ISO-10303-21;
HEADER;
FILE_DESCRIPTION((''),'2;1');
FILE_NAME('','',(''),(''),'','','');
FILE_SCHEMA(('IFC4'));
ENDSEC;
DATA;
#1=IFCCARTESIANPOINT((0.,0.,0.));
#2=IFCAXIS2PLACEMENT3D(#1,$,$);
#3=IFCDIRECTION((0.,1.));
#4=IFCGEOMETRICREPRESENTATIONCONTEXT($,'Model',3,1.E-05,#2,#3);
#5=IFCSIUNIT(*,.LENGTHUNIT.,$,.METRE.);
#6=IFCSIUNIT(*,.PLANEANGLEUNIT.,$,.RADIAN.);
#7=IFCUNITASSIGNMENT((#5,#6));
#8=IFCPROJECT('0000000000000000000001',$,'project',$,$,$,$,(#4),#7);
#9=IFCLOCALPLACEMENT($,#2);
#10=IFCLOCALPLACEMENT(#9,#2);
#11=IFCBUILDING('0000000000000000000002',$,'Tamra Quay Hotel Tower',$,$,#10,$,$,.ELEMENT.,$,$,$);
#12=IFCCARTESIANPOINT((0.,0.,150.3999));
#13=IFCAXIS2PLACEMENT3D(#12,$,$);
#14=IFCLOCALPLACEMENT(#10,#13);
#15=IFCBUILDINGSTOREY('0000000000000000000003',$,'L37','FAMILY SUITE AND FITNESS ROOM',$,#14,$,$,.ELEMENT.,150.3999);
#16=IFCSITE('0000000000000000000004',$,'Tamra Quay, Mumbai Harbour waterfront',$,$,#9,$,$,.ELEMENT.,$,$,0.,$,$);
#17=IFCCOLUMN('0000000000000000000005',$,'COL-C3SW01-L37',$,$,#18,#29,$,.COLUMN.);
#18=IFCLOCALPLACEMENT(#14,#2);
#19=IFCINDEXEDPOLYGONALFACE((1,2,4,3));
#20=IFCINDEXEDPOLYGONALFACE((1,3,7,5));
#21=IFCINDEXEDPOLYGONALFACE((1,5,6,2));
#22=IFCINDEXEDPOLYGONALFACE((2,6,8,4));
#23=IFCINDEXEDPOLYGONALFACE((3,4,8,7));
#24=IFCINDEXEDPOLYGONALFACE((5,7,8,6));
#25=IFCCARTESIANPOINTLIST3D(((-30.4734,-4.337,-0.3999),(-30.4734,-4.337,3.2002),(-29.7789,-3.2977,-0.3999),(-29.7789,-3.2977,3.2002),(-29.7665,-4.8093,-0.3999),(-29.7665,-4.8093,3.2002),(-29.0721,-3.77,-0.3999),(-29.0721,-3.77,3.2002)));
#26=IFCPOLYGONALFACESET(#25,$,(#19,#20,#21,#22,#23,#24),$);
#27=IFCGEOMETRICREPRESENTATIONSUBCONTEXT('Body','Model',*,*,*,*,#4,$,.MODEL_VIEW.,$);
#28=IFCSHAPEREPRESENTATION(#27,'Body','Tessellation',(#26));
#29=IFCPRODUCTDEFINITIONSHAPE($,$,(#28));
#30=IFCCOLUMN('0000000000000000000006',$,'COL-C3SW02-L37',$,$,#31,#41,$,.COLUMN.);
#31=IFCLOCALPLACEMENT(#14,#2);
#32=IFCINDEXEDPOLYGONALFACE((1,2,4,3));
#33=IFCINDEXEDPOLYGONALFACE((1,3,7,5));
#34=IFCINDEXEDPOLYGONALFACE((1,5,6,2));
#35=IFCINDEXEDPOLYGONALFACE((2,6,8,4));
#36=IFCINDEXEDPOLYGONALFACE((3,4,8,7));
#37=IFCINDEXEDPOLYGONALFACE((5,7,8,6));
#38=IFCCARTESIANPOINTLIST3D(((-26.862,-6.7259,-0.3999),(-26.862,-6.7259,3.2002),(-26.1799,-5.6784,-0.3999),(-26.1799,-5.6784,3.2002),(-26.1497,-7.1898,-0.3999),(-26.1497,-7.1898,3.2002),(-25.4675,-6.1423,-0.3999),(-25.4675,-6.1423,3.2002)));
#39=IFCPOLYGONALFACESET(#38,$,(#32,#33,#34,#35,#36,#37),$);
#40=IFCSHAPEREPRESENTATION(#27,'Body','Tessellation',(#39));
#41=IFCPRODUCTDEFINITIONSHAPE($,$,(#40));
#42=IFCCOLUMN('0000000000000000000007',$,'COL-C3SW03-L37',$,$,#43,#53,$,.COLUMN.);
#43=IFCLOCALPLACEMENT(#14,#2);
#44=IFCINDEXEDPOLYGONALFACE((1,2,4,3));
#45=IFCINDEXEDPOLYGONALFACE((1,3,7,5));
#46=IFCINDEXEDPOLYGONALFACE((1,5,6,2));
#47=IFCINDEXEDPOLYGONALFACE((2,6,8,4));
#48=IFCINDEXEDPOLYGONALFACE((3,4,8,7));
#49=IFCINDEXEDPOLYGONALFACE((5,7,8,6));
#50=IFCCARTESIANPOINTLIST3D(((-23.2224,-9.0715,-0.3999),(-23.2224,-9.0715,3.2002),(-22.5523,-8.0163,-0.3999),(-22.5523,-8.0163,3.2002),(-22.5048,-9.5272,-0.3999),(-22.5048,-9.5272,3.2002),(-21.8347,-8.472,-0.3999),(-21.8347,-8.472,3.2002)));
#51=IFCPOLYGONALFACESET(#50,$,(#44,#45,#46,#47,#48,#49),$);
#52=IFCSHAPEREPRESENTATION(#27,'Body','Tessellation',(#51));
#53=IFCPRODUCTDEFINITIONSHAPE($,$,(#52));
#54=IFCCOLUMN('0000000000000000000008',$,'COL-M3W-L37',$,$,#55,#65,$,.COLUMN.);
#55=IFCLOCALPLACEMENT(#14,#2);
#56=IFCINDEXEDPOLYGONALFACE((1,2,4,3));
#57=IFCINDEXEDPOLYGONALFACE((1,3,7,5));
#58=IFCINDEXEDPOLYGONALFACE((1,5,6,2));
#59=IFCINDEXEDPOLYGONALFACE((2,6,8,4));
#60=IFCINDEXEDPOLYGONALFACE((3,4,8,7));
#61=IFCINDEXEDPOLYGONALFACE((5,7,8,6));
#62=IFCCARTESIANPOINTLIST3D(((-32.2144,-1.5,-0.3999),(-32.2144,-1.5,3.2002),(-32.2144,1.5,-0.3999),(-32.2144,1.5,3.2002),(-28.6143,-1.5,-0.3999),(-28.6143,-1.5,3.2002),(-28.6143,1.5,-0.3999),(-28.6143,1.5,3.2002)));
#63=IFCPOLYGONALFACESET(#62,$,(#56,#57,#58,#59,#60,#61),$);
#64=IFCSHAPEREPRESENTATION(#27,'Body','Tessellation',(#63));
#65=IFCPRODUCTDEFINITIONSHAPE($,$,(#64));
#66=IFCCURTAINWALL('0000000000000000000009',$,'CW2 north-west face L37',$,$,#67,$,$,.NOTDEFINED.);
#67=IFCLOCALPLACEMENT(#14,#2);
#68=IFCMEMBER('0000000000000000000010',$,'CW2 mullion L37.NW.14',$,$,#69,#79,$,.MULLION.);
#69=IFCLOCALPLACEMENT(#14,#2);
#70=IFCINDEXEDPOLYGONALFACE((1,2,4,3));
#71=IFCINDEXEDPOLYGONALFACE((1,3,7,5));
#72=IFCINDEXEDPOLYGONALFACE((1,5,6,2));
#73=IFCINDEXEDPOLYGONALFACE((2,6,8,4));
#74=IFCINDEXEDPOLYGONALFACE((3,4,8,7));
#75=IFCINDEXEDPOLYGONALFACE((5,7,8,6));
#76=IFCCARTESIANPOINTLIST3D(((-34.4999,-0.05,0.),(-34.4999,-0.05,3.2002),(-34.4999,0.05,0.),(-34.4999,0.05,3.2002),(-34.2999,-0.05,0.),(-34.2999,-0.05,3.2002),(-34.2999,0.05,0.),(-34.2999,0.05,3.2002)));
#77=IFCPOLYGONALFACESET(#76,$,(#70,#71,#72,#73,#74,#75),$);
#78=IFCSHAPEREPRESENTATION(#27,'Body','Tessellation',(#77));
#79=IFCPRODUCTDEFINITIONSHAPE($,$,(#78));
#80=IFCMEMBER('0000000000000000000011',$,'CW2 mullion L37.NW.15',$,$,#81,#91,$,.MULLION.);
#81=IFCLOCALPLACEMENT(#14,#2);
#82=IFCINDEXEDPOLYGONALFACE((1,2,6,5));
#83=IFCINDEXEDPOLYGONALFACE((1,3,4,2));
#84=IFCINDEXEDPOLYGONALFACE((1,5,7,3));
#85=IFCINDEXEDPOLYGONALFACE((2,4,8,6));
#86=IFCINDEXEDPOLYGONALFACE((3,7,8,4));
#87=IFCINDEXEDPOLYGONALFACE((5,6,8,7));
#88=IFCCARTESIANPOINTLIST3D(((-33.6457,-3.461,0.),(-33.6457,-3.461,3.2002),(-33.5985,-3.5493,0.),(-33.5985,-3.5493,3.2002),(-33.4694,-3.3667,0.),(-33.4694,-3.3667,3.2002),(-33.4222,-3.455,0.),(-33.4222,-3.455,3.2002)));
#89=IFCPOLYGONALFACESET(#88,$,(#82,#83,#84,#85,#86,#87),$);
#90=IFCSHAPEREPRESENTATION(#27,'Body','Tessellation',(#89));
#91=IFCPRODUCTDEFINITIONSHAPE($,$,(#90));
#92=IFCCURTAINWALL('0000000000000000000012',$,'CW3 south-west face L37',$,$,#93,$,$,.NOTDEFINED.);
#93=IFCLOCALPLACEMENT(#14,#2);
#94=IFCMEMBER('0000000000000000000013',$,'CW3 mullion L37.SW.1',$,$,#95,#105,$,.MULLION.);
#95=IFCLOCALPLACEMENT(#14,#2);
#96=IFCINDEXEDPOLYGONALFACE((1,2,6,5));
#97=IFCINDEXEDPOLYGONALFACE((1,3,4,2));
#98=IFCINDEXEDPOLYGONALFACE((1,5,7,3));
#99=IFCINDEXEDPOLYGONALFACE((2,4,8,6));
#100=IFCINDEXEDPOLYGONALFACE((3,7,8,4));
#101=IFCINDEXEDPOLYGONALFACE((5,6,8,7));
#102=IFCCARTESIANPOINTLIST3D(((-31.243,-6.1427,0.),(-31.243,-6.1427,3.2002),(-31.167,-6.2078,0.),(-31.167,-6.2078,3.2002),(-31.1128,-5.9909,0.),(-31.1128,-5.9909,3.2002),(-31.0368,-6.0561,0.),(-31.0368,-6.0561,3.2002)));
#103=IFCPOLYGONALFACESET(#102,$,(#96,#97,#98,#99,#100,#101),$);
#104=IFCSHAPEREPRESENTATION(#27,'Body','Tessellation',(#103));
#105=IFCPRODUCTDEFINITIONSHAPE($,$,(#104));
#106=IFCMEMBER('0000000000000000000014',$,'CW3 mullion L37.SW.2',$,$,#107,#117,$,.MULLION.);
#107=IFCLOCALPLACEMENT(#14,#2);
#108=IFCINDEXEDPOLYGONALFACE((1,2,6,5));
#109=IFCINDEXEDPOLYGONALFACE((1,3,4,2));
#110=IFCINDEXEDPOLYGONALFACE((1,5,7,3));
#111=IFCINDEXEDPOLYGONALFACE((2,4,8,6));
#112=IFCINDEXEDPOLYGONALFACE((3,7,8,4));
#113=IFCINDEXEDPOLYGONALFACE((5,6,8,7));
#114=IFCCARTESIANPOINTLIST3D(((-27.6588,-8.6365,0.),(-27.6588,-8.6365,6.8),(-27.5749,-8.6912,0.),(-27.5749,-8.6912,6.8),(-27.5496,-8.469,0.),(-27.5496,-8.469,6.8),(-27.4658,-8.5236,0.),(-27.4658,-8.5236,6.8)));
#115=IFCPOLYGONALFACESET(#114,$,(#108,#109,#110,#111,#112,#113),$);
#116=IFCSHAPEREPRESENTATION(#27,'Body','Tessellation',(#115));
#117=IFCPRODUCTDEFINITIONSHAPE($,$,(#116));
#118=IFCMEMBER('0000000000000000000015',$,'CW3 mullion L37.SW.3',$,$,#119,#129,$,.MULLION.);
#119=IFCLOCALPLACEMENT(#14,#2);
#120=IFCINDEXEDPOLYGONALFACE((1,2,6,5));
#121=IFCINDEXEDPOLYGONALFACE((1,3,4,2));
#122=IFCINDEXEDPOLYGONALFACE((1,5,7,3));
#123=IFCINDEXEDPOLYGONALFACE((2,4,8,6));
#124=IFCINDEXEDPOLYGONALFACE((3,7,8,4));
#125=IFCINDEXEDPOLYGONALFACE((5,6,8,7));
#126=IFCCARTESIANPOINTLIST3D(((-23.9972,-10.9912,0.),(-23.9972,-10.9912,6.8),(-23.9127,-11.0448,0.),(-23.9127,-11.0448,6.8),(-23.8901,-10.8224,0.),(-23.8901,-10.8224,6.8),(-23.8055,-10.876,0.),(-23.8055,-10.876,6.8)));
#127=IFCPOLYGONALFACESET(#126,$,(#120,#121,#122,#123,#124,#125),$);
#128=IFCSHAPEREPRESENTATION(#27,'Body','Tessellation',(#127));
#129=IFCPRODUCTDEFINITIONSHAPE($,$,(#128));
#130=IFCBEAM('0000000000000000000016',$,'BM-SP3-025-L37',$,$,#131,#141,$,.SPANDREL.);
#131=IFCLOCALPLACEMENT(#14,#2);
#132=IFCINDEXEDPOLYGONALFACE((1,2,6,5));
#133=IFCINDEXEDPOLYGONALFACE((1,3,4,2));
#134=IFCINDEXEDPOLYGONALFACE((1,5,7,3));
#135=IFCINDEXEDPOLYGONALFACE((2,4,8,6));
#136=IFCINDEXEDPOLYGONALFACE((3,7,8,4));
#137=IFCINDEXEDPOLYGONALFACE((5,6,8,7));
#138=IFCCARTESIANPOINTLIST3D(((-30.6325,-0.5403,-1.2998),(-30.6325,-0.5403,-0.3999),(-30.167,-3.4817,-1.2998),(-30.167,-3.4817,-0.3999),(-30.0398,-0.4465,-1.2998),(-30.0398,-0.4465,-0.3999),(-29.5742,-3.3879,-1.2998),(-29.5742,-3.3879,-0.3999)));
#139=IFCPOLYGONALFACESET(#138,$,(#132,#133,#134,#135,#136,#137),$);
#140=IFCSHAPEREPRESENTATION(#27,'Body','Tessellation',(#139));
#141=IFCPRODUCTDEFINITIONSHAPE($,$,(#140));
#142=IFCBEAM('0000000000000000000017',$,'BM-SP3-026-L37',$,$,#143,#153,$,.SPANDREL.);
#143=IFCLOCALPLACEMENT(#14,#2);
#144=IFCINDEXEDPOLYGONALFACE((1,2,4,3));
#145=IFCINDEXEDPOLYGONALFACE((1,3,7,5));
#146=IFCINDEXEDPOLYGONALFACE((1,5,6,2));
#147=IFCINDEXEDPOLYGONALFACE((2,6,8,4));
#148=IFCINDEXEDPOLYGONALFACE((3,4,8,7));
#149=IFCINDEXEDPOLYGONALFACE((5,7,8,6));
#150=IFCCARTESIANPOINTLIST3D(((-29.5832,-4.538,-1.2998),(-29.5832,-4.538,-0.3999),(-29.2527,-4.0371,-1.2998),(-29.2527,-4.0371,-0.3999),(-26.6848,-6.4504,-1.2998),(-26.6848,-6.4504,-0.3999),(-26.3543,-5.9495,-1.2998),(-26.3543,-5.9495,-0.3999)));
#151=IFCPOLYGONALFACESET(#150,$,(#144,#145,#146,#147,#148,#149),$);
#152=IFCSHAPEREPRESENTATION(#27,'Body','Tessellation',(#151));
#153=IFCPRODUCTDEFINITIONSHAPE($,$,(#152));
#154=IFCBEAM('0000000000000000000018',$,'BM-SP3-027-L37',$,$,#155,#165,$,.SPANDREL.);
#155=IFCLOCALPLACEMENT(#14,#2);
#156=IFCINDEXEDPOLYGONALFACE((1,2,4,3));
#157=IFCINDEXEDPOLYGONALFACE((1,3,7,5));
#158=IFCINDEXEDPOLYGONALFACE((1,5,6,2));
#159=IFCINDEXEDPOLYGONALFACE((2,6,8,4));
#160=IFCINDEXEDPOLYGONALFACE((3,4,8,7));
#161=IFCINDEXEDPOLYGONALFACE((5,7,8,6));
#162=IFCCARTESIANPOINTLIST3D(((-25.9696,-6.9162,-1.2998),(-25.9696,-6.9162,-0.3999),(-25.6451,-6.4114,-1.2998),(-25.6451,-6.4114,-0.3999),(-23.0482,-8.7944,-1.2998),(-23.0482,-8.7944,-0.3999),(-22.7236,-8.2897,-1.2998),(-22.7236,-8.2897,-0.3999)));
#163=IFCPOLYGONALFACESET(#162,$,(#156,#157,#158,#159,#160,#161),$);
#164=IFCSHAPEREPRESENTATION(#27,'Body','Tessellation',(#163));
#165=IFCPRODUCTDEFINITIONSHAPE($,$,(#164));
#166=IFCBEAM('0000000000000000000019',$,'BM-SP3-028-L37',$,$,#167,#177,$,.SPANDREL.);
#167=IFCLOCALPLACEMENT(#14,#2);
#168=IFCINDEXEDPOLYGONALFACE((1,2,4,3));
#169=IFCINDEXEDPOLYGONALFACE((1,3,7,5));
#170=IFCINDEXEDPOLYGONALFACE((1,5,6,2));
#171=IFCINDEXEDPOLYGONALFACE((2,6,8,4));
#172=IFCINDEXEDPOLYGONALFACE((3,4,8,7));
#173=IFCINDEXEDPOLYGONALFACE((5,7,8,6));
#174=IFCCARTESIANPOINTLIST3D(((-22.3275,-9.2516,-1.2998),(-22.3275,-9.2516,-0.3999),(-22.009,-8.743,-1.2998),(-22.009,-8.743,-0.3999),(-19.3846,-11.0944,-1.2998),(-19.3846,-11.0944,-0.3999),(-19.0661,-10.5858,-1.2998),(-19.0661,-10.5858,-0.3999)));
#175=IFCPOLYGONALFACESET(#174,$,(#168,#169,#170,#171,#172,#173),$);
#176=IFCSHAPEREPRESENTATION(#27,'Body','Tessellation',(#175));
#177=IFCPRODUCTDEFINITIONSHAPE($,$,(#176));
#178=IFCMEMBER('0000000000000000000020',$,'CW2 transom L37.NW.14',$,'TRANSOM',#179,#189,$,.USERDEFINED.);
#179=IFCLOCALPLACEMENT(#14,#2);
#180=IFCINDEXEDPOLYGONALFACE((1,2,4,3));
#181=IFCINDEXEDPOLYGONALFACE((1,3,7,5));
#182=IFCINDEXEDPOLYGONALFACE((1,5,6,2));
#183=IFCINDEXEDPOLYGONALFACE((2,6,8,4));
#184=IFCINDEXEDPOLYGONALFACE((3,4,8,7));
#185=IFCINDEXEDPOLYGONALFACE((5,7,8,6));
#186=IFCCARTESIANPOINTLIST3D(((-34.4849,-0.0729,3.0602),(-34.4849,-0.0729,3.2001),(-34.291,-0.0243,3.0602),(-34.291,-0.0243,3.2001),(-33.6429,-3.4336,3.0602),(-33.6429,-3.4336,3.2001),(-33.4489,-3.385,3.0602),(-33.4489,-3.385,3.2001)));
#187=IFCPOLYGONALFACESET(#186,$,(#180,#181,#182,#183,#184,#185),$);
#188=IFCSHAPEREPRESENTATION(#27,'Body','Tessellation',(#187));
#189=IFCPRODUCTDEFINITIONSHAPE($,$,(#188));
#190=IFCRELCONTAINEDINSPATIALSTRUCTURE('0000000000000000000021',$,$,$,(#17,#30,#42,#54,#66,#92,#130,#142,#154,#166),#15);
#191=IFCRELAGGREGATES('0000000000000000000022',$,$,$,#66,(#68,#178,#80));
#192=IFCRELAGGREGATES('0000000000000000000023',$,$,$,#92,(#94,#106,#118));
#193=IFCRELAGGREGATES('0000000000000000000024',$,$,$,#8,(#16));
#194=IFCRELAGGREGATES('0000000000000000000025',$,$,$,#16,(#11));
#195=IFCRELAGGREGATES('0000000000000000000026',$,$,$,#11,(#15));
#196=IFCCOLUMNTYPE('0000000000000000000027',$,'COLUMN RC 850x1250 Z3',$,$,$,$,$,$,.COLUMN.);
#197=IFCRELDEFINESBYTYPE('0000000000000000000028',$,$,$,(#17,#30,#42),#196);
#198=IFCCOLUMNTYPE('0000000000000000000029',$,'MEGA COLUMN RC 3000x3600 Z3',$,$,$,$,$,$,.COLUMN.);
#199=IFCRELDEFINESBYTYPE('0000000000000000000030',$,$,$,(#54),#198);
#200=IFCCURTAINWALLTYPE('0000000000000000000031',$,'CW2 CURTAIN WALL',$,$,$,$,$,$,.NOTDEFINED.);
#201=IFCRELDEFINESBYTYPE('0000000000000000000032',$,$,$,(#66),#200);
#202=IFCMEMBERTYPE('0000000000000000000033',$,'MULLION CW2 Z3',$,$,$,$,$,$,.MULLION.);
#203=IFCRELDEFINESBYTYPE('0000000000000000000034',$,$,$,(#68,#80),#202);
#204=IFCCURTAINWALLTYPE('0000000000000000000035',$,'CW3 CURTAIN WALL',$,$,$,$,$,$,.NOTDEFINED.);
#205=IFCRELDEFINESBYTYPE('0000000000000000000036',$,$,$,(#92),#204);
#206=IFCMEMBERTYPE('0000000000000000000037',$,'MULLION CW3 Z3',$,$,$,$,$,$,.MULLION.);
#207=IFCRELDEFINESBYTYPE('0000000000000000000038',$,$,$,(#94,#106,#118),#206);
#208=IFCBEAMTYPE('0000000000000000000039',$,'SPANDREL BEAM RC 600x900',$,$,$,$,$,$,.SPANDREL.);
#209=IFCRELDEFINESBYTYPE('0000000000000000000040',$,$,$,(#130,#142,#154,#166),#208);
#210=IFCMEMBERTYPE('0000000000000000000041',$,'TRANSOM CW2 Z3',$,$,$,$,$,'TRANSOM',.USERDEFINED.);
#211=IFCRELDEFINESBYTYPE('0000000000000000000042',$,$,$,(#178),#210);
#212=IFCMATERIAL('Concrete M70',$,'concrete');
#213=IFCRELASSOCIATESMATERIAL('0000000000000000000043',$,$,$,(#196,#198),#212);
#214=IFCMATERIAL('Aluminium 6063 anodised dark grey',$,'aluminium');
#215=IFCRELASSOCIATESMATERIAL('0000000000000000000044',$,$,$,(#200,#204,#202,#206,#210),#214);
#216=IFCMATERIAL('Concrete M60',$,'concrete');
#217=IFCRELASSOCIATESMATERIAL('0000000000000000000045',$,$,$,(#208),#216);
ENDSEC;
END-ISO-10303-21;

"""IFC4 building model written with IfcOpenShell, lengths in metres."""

from ifc_helpers import new_model, si_unit, direction, frame, origin, origin_2d, place, context, subcontext, project, spatial, rectangle, extrude, material, material_profile, profile_set, type_object, element, aggregate, save


model = new_model("IFC4")

# Units and contexts
model_context = context("Model", 3, precision=1e-05, world=origin(), true_north=direction((0.0, 1.0)))
body_context = subcontext(model_context, "Body", "Model", "MODEL_VIEW")
ifc_project = project(units=[si_unit("LENGTHUNIT", "METRE"), si_unit("PLANEANGLEUNIT", "RADIAN")], contexts=[model_context])

# Site, building, storey
site_placement = place(None, origin())
site = spatial("IfcSite", under=ifc_project, at=site_placement, Name="Tamra Quay, Mumbai Harbour waterfront", CompositionType="ELEMENT", RefElevation=0.0)
building_placement = place(site_placement, origin())
building = spatial("IfcBuilding", under=site, at=building_placement, Name="Tamra Quay Hotel Tower", CompositionType="ELEMENT")
storey_placement = place(building_placement, frame((0.0, 0.0, 150.3999)))
storey = spatial("IfcBuildingStorey", under=building, at=storey_placement, Name="L37", Description="FAMILY SUITE AND FITNESS ROOM", CompositionType="ELEMENT", Elevation=150.3999)

# Columns
ifc_material_1 = material(Name="Concrete M70", Category="concrete")
ifc_material_profile_1 = material_profile(ifc_material_1, rectangle(XDim=1.25, YDim=0.8501, at=origin_2d()), Name="COLUMN RC 850x1250 Z3")
ifc_profile_set_1 = profile_set([ifc_material_profile_1], Name="Concrete M70")
column_type_1 = type_object("IfcColumnType", Name="COLUMN RC 850x1250 Z3", PredefinedType="COLUMN", material=ifc_profile_set_1)
for number, where, z_axis, x_axis, name in (
    (1, (-29.7727, -4.0535, -0.3999), (0.0, 0.0, 1.0), (0.555583, 0.831461, 0.0), "COL-C3SW01-L37"),
    (2, (-26.1648, -6.4341, -0.3999), (0.0, 0.0, 1.0), (0.545703, 0.837979, 0.0), "COL-C3SW02-L37"),
    (3, (-22.5286, -8.7717, -0.3999), (0.0, 0.0, 1.0), (0.536102, 0.844153, 0.0), "COL-C3SW03-L37"),
):
    element("IfcColumn", number, at=place(storey_placement, frame(where, z_axis=z_axis, x_axis=x_axis)), inside=storey, type_object=column_type_1, Name=name, PredefinedType="COLUMN", context=body_context, shape_type="SweptSolid", body=[
        extrude(rectangle(XDim=1.25, YDim=0.8501, at=origin_2d()), origin(), (0.0, 0.0, 1.0), 3.6001),
    ])
ifc_material_profile_2 = material_profile(ifc_material_1, rectangle(XDim=3.6001, YDim=3.0, at=origin_2d()), Name="MEGA COLUMN RC 3000x3600 Z3")
ifc_profile_set_2 = profile_set([ifc_material_profile_2], Name="Concrete M70")
column_type_2 = type_object("IfcColumnType", Name="MEGA COLUMN RC 3000x3600 Z3", PredefinedType="COLUMN", material=ifc_profile_set_2)
column_placement = place(storey_placement, frame((-30.4143, 0.0, -0.3999), z_axis=(0.0, 0.0, 1.0), x_axis=(1.0, 0.0, 0.0)))
element("IfcColumn", 4, at=column_placement, inside=storey, type_object=column_type_2, Name="COL-M3W-L37", PredefinedType="COLUMN", context=body_context, shape_type="SweptSolid", body=[
    extrude(rectangle(XDim=3.6001, YDim=3.0, at=origin_2d()), origin(), (0.0, 0.0, 1.0), 3.6001),
])

# Curtain walls, members
ifc_material_2 = material(Name="Aluminium 6063 anodised dark grey", Category="aluminium")
curtain_wall_type_1 = type_object("IfcCurtainWallType", Name="CW2 CURTAIN WALL", PredefinedType="NOTDEFINED", material=ifc_material_2)
curtain_wall_1_placement = place(storey_placement, origin())
curtain_wall_1 = element("IfcCurtainWall", 5, at=curtain_wall_1_placement, inside=storey, type_object=curtain_wall_type_1, Name="CW2 north-west face L37", PredefinedType="NOTDEFINED")
ifc_material_profile_3 = material_profile(ifc_material_2, rectangle(XDim=0.2, YDim=0.1001, at=origin_2d()), Name="MULLION 100X200")
ifc_profile_set_3 = profile_set([ifc_material_profile_3], Name="Aluminium 6063 anodised dark grey")
member_type_1 = type_object("IfcMemberType", Name="MULLION CW2 Z3", PredefinedType="MULLION", material=ifc_profile_set_3)
member_1_placement = place(storey_placement, frame((-34.3999, 0.0, 0.0), z_axis=(0.0, 0.0, 1.0), x_axis=(-1.0, 0.0, 0.0)))
member_1 = element("IfcMember", 6, at=member_1_placement, type_object=member_type_1, Name="CW2 mullion L37.NW.14", PredefinedType="MULLION", context=body_context, shape_type="SweptSolid", body=[
    extrude(rectangle(XDim=0.2, YDim=0.1001, at=origin_2d()), origin(), (0.0, 0.0, 1.0), 3.2002),
])
member_2_placement = place(storey_placement, frame((-33.5339, -3.458, 0.0), z_axis=(0.0, 0.0, 1.0), x_axis=(-0.881925, -0.471389, 0.0)))
member_2 = element("IfcMember", 7, at=member_2_placement, type_object=member_type_1, Name="CW2 mullion L37.NW.15", PredefinedType="MULLION", context=body_context, shape_type="SweptSolid", body=[
    extrude(rectangle(XDim=0.2, YDim=0.1001, at=origin_2d()), origin(), (0.0, 0.0, 1.0), 3.2002),
])
curtain_wall_type_2 = type_object("IfcCurtainWallType", Name="CW3 CURTAIN WALL", PredefinedType="NOTDEFINED", material=ifc_material_2)
curtain_wall_2_placement = place(storey_placement, origin())
curtain_wall_2 = element("IfcCurtainWall", 8, at=curtain_wall_2_placement, inside=storey, type_object=curtain_wall_type_2, Name="CW3 south-west face L37", PredefinedType="NOTDEFINED")
ifc_material_profile_4 = material_profile(ifc_material_2, rectangle(XDim=0.2, YDim=0.1001, at=origin_2d()), Name="MULLION 100X200")
ifc_profile_set_4 = profile_set([ifc_material_profile_4], Name="Aluminium 6063 anodised dark grey")
member_type_2 = type_object("IfcMemberType", Name="MULLION CW3 Z3", PredefinedType="MULLION", material=ifc_profile_set_4)
member_3_placement = place(storey_placement, frame((-31.1399, -6.0994, 0.0), z_axis=(0.0, 0.0, 1.0), x_axis=(-0.650989, -0.759087, 0.0)))
member_3 = element("IfcMember", 9, at=member_3_placement, type_object=member_type_2, Name="CW3 mullion L37.SW.1", PredefinedType="MULLION", context=body_context, shape_type="SweptSolid", body=[
    extrude(rectangle(XDim=0.2, YDim=0.1001, at=origin_2d()), origin(), (0.0, 0.0, 1.0), 3.2002),
])
member_4_placement = place(storey_placement, frame((-27.5623, -8.5801, 0.0), z_axis=(0.0, 0.0, 1.0), x_axis=(-0.54578, -0.837928, 0.0)))
member_4 = element("IfcMember", 10, at=member_4_placement, type_object=member_type_2, Name="CW3 mullion L37.SW.2", PredefinedType="MULLION", context=body_context, shape_type="SweptSolid", body=[
    extrude(rectangle(XDim=0.2, YDim=0.1001, at=origin_2d()), origin(), (0.0, 0.0, 1.0), 6.8),
])
member_5_placement = place(storey_placement, frame((-23.9014, -10.9336, 0.0), z_axis=(0.0, 0.0, 1.0), x_axis=(-0.53576, -0.84437, 0.0)))
member_5 = element("IfcMember", 11, at=member_5_placement, type_object=member_type_2, Name="CW3 mullion L37.SW.3", PredefinedType="MULLION", context=body_context, shape_type="SweptSolid", body=[
    extrude(rectangle(XDim=0.2, YDim=0.1001, at=origin_2d()), origin(), (0.0, 0.0, 1.0), 6.8),
])

# Beams
ifc_material_3 = material(Name="Concrete M60", Category="concrete")
ifc_material_profile_5 = material_profile(ifc_material_3, rectangle(XDim=0.6001, YDim=0.8999, at=origin_2d()), Name="SPANDREL BEAM RC 600x900")
ifc_profile_set_5 = profile_set([ifc_material_profile_5], Name="Concrete M60")
beam_type = type_object("IfcBeamType", Name="SPANDREL BEAM RC 600x900", PredefinedType="SPANDREL", material=ifc_profile_set_5)
beam_1_placement = place(storey_placement, frame((-30.3362, -0.4934, -0.8499), z_axis=(0.156337, -0.987704, 0.0), x_axis=(0.987704, 0.156337, 0.0)))
element("IfcBeam", 12, at=beam_1_placement, inside=storey, type_object=beam_type, Name="BM-SP3-025-L37", PredefinedType="SPANDREL", context=body_context, shape_type="SweptSolid", body=[
    extrude(rectangle(XDim=0.6001, YDim=0.8999, at=origin_2d()), origin(), (0.0, 0.0, 1.0), 2.978),
])
beam_2_placement = place(storey_placement, frame((-29.418, -4.2876, -0.8499), z_axis=(0.834691, -0.550719, 0.0), x_axis=(0.550719, 0.834691, 0.0)))
element("IfcBeam", 13, at=beam_2_placement, inside=storey, type_object=beam_type, Name="BM-SP3-026-L37", PredefinedType="SPANDREL", context=body_context, shape_type="SweptSolid", body=[
    extrude(rectangle(XDim=0.6001, YDim=0.8999, at=origin_2d()), origin(), (0.0, 0.0, 1.0), 3.4724),
])
beam_3_placement = place(storey_placement, frame((-25.8074, -6.6638, -0.8499), z_axis=(0.84116, -0.540786, 0.0), x_axis=(0.540786, 0.84116, 0.0)))
element("IfcBeam", 14, at=beam_3_placement, inside=storey, type_object=beam_type, Name="BM-SP3-027-L37", PredefinedType="SPANDREL", context=body_context, shape_type="SweptSolid", body=[
    extrude(rectangle(XDim=0.6001, YDim=0.8999, at=origin_2d()), origin(), (0.0, 0.0, 1.0), 3.4731),
])
beam_4_placement = place(storey_placement, frame((-22.1682, -8.9973, -0.8499), z_axis=(0.847548, -0.530719, 0.0), x_axis=(0.530719, 0.847548, 0.0)))
element("IfcBeam", 15, at=beam_4_placement, inside=storey, type_object=beam_type, Name="BM-SP3-028-L37", PredefinedType="SPANDREL", context=body_context, shape_type="SweptSolid", body=[
    extrude(rectangle(XDim=0.6001, YDim=0.8999, at=origin_2d()), origin(), (0.0, 0.0, 1.0), 3.4722),
])

# Member
ifc_material_profile_6 = material_profile(ifc_material_2, rectangle(XDim=0.2, YDim=0.1399, at=origin_2d()), Name="TRANSOM 200X140")
ifc_profile_set_6 = profile_set([ifc_material_profile_6], Name="Aluminium 6063 anodised dark grey")
member_type_3 = type_object("IfcMemberType", Name="TRANSOM CW2 Z3", ElementType="TRANSOM", PredefinedType="USERDEFINED", material=ifc_profile_set_6)
member_6_placement = place(storey_placement, frame((-34.3879, -0.0486, 3.1301), z_axis=(0.243033, -0.970018, 0.0), x_axis=(0.970018, 0.243033, 0.0)))
member_6 = element("IfcMember", 16, at=member_6_placement, type_object=member_type_3, Name="CW2 transom L37.NW.14", ObjectType="TRANSOM", PredefinedType="USERDEFINED", context=body_context, shape_type="SweptSolid", body=[
    extrude(rectangle(XDim=0.2, YDim=0.1399, at=origin_2d()), origin(), (0.0, 0.0, 1.0), 3.4646),
])

aggregate(curtain_wall_1, [member_1, member_6, member_2])
aggregate(curtain_wall_2, [member_3, member_4, member_5])

save(model, "model.ifc")
